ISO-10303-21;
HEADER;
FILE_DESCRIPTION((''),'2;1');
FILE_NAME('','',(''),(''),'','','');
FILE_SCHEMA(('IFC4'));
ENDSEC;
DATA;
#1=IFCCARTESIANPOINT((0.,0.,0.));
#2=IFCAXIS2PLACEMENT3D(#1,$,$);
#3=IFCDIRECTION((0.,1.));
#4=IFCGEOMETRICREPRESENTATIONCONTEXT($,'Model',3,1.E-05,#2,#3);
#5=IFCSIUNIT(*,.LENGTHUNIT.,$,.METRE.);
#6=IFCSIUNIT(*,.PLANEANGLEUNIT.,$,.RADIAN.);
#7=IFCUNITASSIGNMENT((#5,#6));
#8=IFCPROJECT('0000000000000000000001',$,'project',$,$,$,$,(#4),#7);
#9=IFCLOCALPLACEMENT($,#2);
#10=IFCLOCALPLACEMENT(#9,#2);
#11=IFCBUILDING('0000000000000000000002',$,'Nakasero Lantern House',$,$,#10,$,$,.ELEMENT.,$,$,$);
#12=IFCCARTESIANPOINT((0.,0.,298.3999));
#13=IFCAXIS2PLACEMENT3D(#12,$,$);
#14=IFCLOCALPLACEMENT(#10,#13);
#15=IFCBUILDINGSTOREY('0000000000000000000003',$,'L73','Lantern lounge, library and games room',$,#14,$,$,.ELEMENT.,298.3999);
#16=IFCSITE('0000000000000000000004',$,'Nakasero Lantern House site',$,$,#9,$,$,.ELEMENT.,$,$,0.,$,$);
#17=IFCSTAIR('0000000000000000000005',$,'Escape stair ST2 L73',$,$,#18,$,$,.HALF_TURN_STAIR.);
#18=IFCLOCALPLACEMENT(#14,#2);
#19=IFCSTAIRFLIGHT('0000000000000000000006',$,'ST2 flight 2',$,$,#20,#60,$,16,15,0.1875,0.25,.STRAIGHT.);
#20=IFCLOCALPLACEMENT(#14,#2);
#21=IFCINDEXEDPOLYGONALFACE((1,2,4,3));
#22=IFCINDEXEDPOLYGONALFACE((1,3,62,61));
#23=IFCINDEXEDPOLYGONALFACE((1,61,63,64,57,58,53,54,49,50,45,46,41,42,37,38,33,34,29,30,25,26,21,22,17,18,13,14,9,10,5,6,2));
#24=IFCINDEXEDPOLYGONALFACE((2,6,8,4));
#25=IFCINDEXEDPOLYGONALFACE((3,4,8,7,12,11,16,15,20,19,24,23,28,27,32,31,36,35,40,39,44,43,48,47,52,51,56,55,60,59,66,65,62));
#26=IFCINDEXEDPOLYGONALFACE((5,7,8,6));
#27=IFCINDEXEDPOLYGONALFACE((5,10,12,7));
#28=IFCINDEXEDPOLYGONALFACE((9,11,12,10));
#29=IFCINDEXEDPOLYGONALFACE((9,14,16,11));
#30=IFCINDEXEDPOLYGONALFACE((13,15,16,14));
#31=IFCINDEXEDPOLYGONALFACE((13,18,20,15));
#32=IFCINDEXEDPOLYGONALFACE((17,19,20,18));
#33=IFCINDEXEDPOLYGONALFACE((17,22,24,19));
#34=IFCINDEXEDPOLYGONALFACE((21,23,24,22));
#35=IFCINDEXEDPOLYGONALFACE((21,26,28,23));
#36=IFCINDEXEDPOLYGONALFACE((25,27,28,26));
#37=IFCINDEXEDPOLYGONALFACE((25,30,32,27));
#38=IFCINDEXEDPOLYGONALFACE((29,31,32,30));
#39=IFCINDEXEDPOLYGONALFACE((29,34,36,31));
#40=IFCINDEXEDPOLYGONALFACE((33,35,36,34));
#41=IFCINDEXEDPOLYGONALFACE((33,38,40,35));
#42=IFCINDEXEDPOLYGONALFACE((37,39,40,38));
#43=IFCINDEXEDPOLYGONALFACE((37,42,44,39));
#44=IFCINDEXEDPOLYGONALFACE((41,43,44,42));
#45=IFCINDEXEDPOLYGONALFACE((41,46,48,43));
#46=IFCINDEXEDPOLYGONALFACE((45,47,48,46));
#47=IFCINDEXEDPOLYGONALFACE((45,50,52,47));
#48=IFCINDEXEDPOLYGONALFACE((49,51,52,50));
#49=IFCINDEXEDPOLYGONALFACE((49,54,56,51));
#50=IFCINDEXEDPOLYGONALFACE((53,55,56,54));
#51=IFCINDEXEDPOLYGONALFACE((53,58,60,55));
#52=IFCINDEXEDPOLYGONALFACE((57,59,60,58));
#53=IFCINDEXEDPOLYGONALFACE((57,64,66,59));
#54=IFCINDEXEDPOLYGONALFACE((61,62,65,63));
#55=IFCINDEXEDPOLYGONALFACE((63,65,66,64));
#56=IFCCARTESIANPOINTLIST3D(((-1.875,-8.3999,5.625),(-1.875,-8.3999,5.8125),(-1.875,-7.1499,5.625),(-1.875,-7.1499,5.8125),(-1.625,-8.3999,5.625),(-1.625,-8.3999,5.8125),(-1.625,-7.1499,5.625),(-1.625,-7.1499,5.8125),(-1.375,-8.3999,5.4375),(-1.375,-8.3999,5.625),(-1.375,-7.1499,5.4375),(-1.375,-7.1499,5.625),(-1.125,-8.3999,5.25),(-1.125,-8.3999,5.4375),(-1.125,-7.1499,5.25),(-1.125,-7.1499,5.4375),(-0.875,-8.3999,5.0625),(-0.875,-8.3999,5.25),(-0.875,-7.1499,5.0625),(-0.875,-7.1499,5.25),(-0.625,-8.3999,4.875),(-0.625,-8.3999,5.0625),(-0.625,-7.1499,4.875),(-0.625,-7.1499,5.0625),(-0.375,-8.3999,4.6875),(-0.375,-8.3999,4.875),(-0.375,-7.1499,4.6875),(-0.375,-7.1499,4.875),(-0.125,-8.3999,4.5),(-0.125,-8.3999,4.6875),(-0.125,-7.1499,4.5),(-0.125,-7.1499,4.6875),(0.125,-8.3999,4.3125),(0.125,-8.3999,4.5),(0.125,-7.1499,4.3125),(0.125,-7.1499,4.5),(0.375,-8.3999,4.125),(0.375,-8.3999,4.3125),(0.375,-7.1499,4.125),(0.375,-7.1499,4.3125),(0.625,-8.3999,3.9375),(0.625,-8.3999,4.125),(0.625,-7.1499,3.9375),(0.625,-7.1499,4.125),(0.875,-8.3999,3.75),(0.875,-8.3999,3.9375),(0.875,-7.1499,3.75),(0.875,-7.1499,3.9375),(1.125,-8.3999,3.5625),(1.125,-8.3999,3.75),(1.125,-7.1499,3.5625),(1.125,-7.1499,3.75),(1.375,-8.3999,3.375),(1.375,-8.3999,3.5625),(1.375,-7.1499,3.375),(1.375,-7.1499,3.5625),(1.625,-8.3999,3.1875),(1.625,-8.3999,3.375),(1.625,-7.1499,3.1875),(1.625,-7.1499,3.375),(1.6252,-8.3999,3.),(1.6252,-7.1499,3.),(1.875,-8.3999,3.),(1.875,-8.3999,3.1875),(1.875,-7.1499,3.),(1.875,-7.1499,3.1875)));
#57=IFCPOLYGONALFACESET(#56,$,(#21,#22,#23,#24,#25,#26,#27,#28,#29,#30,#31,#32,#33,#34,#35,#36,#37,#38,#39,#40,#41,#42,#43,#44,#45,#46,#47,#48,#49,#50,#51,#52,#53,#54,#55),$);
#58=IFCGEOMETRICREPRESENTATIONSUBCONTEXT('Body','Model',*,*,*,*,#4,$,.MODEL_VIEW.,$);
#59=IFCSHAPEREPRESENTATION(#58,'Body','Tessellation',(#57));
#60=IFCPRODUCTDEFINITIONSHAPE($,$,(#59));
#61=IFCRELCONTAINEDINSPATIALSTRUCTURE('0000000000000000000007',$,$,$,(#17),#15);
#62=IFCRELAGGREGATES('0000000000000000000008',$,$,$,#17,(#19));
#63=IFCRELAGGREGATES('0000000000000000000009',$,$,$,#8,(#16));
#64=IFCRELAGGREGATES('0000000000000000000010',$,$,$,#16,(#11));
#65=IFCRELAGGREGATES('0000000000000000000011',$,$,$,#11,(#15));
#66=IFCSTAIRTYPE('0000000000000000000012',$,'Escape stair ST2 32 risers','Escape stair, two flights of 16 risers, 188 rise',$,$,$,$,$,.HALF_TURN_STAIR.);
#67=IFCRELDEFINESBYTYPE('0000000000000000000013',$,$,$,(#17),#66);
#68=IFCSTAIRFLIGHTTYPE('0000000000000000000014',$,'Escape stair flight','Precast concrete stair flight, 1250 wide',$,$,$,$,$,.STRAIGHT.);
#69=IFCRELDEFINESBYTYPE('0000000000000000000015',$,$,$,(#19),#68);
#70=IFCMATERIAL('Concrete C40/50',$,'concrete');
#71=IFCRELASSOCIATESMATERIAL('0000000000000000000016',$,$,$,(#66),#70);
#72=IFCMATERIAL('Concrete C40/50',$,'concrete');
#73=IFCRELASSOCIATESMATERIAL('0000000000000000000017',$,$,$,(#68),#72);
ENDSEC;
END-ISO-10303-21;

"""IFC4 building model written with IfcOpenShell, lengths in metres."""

from ifc_helpers import new_model, si_unit, direction, frame, origin, place, context, subcontext, project, spatial, polyline, outline, extrude, material, type_object, element, aggregate, save


model = new_model("IFC4")

# Units and contexts
model_context = context("Model", 3, precision=1e-05, world=origin(), true_north=direction((0.0, 1.0)))
body_context = subcontext(model_context, "Body", "Model", "MODEL_VIEW")
ifc_project = project(units=[si_unit("LENGTHUNIT", "METRE"), si_unit("PLANEANGLEUNIT", "RADIAN")], contexts=[model_context])

# Site, building, storey
site_placement = place(None, origin())
site = spatial("IfcSite", under=ifc_project, at=site_placement, Name="Nakasero Lantern House site", CompositionType="ELEMENT", RefElevation=0.0)
building_placement = place(site_placement, origin())
building = spatial("IfcBuilding", under=site, at=building_placement, Name="Nakasero Lantern House", CompositionType="ELEMENT")
storey_placement = place(building_placement, frame((0.0, 0.0, 298.3999)))
storey = spatial("IfcBuildingStorey", under=building, at=storey_placement, Name="L73", Description="Lantern lounge, library and games room", CompositionType="ELEMENT", Elevation=298.3999)

# Stair, stair flight
ifc_material_1 = material(Name="Concrete C40/50", Category="concrete")
stair_type_1 = type_object("IfcStairType", Name="Escape stair ST2 32 risers", Description="Escape stair, two flights of 16 risers, 188 rise", PredefinedType="HALF_TURN_STAIR", material=ifc_material_1)
stair_1_placement = place(storey_placement, origin())
stair_1 = element("IfcStair", 1, at=stair_1_placement, inside=storey, type_object=stair_type_1, Name="Escape stair ST2 L73", PredefinedType="HALF_TURN_STAIR")
ifc_material_2 = material(Name="Concrete C40/50", Category="concrete")
stair_flight_type = type_object("IfcStairFlightType", Name="Escape stair flight", Description="Precast concrete stair flight, 1250 wide", PredefinedType="STRAIGHT", material=ifc_material_2)
stair_flight_placement = place(storey_placement, frame((1.875, -7.7749, 3.0), z_axis=(0.0, 0.0, 1.0), x_axis=(-1.0, 0.0, 0.0)))
stair_flight = element("IfcStairFlight", 2, at=stair_flight_placement, type_object=stair_flight_type, Name="ST2 flight 2", NumberOfRisers=16, NumberOfTreads=15, PredefinedType="STRAIGHT", RiserHeight=0.1875, TreadLength=0.25, context=body_context, shape_type="SweptSolid", body=[
    extrude(outline(polyline([(0.0, 0.0), (0.0, 0.1875), (0.25, 0.1875), (0.25, 0.375), (0.5, 0.375), (0.5, 0.5625), (0.75, 0.5625), (0.75, 0.75), (1.0, 0.75), (1.0, 0.9375), (1.25, 0.9375), (1.25, 1.125), (1.5, 1.125), (1.5, 1.3125), (1.75, 1.3125), (1.75, 1.5), (2.0, 1.5), (2.0, 1.6875), (2.25, 1.6875), (2.25, 1.875), (2.5, 1.875), (2.5, 2.0625), (2.75, 2.0625), (2.75, 2.25), (3.0, 2.25), (3.0, 2.4375), (3.25, 2.4375), (3.25, 2.625), (3.5, 2.625), (3.5, 2.8125), (3.75, 2.8125), (3.75, 3.0), (3.75, 2.625), (0.2498, 0.0), (0.0, 0.0)])), frame((0.0, 0.625, 0.0), z_axis=(0.0, -1.0, 0.0), x_axis=(1.0, 0.0, 0.0)), (0.0, 0.0, 1.0), 1.25),
])
aggregate(stair_1, [stair_flight])

save(model, "model.ifc")
